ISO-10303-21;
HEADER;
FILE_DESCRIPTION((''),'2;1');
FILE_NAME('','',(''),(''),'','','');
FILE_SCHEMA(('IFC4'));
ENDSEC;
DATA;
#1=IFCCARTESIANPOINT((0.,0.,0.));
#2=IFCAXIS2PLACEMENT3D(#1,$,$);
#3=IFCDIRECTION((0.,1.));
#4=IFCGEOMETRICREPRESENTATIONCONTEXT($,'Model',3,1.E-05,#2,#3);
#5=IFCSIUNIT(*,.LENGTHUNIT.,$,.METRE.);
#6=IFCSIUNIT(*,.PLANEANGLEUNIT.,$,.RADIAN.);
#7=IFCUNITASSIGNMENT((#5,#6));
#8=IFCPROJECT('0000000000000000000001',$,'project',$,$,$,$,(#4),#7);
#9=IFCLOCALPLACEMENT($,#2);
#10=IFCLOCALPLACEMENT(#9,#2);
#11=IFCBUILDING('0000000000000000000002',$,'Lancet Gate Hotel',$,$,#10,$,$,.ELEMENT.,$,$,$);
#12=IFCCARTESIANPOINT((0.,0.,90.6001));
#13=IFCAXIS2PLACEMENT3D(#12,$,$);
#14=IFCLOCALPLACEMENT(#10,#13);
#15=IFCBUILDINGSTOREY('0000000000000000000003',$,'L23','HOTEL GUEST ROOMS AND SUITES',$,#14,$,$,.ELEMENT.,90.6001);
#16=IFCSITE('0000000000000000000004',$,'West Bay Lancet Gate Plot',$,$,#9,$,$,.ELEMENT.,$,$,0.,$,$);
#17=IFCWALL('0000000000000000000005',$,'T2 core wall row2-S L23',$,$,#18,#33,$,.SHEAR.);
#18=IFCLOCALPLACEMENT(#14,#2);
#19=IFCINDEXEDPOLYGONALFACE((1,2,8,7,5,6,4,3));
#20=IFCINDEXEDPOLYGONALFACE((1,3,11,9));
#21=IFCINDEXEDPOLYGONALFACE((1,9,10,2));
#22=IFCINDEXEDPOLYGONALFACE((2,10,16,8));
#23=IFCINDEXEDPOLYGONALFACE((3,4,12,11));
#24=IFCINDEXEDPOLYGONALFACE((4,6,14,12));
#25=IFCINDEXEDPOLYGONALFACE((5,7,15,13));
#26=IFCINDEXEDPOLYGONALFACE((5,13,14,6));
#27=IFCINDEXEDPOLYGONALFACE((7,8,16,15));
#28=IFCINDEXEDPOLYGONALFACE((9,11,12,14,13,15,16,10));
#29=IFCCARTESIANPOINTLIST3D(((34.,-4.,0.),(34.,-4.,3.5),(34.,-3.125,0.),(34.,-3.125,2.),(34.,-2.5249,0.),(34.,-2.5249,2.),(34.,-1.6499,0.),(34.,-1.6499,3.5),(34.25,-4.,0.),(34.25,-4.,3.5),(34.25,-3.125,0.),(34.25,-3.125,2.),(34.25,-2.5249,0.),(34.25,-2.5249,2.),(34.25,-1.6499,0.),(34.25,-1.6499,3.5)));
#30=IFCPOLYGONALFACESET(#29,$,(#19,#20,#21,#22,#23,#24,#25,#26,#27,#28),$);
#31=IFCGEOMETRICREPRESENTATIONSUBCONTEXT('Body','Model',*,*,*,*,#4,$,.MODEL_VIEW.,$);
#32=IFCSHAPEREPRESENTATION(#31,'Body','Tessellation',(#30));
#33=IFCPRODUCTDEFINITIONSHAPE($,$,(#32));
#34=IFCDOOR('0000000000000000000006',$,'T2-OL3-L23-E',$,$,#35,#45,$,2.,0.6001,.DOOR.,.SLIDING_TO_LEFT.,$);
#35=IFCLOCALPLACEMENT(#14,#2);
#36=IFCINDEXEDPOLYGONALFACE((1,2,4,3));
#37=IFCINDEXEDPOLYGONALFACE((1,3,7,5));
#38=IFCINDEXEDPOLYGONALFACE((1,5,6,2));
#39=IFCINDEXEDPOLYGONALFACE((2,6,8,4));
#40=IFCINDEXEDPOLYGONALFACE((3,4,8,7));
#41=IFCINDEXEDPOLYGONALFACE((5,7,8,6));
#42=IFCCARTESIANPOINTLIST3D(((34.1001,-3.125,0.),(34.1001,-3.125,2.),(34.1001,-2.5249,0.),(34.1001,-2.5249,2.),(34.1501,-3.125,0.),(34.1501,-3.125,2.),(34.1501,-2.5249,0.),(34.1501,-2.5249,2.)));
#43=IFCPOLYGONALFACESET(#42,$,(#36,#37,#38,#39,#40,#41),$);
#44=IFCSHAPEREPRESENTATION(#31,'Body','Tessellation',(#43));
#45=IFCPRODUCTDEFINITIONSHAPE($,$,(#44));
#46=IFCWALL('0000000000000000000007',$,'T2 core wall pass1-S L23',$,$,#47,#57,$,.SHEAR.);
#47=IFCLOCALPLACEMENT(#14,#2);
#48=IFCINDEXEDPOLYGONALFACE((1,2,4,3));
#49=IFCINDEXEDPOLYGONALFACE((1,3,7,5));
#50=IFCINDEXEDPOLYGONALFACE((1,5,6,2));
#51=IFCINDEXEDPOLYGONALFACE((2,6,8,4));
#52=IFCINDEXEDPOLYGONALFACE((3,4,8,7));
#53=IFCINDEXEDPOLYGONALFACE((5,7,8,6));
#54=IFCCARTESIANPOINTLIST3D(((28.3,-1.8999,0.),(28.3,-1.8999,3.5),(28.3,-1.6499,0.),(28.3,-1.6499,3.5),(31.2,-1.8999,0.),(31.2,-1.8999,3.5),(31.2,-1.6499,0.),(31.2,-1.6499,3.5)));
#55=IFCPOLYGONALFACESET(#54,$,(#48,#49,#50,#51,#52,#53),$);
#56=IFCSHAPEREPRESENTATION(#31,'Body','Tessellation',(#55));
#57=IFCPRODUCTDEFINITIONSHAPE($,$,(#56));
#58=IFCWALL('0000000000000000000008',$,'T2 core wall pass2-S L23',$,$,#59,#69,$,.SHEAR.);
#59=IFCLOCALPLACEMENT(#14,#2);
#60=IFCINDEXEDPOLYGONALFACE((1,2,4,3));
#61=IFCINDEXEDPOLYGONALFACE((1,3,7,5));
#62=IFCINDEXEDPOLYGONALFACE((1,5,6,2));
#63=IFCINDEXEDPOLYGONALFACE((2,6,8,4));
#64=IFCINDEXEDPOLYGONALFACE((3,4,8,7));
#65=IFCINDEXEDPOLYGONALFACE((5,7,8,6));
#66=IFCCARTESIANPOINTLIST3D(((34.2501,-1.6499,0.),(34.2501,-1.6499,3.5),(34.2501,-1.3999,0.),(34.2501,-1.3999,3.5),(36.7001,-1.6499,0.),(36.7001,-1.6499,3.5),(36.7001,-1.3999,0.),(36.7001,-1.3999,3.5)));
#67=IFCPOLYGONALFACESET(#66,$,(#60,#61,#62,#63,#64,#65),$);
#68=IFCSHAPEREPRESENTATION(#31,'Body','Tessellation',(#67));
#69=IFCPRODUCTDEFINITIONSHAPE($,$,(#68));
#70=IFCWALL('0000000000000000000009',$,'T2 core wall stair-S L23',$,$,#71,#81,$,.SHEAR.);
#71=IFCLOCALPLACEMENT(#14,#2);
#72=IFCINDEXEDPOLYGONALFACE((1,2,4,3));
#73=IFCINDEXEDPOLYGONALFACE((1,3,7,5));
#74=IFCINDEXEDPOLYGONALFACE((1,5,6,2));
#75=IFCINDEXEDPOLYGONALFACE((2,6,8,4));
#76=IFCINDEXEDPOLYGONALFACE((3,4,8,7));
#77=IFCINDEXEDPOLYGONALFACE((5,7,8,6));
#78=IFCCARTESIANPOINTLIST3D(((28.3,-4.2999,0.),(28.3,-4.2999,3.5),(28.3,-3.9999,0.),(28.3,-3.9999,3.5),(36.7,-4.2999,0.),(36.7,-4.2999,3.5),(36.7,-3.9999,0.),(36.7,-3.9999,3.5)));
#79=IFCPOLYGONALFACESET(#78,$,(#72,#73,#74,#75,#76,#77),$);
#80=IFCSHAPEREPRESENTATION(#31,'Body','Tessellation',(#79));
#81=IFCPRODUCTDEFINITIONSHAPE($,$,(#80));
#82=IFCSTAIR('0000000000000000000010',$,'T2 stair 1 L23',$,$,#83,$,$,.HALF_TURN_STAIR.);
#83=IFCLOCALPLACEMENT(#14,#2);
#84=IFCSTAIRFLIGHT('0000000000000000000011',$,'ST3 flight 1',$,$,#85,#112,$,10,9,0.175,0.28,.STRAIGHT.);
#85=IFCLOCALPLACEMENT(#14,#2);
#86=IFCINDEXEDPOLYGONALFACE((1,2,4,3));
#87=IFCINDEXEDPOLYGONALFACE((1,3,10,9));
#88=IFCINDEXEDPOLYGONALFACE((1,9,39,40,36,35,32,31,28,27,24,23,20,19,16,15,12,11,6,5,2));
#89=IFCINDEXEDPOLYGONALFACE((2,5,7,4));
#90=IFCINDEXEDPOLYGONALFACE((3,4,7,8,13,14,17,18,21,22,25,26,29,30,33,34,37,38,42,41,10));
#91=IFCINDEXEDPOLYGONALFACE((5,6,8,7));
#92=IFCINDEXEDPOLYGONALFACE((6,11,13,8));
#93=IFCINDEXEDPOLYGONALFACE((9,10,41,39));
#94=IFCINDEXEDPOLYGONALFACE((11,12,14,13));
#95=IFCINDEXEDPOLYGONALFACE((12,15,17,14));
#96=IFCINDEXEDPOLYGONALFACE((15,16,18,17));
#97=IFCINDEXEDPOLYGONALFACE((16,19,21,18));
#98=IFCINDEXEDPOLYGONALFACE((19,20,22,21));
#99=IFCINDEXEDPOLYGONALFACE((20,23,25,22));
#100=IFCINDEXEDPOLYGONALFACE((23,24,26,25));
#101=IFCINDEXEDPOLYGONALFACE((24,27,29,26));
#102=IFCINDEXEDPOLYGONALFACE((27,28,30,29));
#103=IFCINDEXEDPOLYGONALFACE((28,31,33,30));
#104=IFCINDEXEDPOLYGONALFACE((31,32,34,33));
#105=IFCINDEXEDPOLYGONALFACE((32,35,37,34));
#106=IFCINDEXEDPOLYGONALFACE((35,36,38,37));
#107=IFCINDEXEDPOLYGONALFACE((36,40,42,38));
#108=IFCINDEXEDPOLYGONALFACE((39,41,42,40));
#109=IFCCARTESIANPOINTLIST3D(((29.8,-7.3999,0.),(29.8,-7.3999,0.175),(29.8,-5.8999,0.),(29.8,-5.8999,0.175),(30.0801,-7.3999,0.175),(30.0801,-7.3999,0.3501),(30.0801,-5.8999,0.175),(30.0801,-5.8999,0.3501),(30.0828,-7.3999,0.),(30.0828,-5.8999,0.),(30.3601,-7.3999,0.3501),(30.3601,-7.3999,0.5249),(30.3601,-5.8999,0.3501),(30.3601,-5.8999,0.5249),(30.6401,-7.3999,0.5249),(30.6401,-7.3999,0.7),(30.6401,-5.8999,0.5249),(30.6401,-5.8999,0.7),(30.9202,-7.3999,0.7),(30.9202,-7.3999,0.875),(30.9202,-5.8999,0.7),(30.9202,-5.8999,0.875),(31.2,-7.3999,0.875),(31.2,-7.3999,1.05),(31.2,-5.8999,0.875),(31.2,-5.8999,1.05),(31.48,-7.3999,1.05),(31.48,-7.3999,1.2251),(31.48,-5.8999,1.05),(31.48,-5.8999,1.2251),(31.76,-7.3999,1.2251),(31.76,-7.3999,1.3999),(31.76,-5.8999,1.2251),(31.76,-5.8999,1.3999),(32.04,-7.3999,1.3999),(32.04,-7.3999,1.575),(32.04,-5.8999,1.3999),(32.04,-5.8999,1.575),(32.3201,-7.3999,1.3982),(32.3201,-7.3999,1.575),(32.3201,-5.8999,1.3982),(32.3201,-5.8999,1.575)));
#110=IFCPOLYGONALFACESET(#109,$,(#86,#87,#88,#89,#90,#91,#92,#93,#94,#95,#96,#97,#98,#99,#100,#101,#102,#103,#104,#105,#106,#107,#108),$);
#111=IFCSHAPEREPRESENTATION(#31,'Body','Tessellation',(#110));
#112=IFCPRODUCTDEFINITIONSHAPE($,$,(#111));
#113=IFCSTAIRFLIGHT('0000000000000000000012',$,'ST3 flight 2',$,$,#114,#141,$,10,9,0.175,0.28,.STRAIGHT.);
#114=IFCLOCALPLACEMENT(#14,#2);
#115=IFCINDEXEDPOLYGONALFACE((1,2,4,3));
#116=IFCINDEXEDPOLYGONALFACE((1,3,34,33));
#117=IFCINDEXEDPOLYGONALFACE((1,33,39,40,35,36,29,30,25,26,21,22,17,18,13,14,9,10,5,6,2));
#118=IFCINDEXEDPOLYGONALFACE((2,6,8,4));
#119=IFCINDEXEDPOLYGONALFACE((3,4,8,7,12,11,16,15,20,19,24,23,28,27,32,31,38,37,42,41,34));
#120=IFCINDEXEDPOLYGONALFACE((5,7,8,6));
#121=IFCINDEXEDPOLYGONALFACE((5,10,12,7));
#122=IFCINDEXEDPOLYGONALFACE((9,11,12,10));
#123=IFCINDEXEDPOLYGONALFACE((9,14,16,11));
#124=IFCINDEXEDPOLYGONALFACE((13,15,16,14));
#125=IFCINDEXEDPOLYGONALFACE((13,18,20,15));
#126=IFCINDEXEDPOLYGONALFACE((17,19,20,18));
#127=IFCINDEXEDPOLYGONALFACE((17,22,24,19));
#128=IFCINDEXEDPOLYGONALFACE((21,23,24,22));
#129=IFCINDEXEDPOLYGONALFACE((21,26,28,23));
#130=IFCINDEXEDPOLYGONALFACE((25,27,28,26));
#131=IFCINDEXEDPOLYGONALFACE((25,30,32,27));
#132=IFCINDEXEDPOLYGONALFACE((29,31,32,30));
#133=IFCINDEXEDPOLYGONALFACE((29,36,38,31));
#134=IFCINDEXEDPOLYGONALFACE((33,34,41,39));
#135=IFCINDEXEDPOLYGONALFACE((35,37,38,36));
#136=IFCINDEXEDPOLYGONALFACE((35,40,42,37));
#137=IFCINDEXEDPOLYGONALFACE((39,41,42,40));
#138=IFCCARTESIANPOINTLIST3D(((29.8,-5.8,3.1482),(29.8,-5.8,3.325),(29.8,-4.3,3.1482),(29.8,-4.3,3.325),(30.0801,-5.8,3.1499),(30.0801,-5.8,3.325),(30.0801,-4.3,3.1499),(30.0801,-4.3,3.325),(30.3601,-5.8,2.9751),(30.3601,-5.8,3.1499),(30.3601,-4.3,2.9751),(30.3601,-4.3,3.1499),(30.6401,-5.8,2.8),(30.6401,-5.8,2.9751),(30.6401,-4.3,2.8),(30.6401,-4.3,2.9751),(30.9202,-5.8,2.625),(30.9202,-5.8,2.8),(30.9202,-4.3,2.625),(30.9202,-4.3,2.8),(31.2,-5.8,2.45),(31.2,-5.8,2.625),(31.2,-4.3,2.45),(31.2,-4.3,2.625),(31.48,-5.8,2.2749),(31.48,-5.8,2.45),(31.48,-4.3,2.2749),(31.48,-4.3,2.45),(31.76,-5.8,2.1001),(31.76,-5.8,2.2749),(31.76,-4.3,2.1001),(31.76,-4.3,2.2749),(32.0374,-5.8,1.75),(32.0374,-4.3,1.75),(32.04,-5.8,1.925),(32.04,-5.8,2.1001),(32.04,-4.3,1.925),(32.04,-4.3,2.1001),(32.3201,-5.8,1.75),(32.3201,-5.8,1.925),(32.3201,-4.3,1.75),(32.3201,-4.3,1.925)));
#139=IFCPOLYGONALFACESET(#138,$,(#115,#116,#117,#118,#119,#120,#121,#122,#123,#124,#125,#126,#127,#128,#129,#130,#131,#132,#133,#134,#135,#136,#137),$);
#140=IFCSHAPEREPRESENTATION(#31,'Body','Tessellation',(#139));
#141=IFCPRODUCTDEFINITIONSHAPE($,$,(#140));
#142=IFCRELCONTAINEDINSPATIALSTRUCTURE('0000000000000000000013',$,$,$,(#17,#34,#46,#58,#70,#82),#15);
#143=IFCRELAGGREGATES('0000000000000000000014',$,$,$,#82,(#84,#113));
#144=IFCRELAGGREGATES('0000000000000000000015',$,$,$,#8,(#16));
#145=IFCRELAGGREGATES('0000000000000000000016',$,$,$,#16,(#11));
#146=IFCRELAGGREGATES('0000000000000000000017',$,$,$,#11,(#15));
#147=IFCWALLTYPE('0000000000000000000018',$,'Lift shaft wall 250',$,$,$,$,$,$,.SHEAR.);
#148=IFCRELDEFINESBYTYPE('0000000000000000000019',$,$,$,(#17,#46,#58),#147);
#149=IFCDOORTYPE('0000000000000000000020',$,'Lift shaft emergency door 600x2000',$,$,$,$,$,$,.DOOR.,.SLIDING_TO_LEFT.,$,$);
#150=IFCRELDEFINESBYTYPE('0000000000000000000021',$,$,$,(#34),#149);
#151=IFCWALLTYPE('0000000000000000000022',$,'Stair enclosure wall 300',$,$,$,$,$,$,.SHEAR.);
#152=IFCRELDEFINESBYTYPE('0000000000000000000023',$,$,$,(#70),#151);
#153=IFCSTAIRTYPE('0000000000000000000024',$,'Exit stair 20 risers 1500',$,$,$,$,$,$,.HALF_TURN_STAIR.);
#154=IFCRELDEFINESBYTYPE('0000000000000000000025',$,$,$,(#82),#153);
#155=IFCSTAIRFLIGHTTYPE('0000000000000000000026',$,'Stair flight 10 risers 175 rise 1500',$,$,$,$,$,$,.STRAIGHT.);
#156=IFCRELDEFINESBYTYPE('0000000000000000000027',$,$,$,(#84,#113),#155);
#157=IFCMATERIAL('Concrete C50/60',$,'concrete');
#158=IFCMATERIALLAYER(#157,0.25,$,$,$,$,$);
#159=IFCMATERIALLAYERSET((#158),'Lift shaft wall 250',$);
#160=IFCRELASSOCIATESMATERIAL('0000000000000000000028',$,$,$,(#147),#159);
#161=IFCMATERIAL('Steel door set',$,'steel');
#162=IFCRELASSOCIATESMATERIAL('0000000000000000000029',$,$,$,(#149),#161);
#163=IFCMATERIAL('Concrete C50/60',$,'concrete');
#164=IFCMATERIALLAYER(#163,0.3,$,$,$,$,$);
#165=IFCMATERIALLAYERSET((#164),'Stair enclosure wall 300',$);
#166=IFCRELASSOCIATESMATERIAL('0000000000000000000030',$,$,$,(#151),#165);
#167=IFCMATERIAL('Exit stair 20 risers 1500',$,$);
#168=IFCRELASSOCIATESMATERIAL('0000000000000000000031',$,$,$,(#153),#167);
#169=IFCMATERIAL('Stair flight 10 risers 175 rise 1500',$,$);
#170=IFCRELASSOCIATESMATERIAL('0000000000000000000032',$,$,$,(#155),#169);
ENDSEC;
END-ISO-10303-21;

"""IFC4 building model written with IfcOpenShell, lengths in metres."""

from ifc_helpers import new_model, si_unit, direction, frame, frame_2d, origin, place, context, subcontext, project, spatial, polyline, rectangle, outline, extrude, material, layer, layer_set, type_object, element, fill, aggregate, save


model = new_model("IFC4")

# Units and contexts
model_context = context("Model", 3, precision=1e-05, world=origin(), true_north=direction((0.0, 1.0)))
body_context = subcontext(model_context, "Body", "Model", "MODEL_VIEW")
ifc_project = project(units=[si_unit("LENGTHUNIT", "METRE"), si_unit("PLANEANGLEUNIT", "RADIAN")], contexts=[model_context])

# Site, building, storey
site_placement = place(None, origin())
site = spatial("IfcSite", under=ifc_project, at=site_placement, Name="West Bay Lancet Gate Plot", CompositionType="ELEMENT", RefElevation=0.0)
building_placement = place(site_placement, origin())
building = spatial("IfcBuilding", under=site, at=building_placement, Name="Lancet Gate Hotel", CompositionType="ELEMENT")
storey_placement = place(building_placement, frame((0.0, 0.0, 90.6001)))
storey = spatial("IfcBuildingStorey", under=building, at=storey_placement, Name="L23", Description="HOTEL GUEST ROOMS AND SUITES", CompositionType="ELEMENT", Elevation=90.6001)

# Wall, opening, door
ifc_material_1 = material(Name="Concrete C50/60", Category="concrete")
ifc_layer_1 = layer(ifc_material_1, 0.25)
ifc_layer_set_1 = layer_set([ifc_layer_1], Name="Lift shaft wall 250")
wall_type_1 = type_object("IfcWallType", Name="Lift shaft wall 250", PredefinedType="SHEAR", material=ifc_layer_set_1)
wall_1_placement = place(storey_placement, frame((34.125, -4.0, 0.0), z_axis=(0.0, 0.0, 1.0), x_axis=(0.0, 1.0, 0.0)))
wall_1 = element("IfcWall", 1, at=wall_1_placement, inside=storey, type_object=wall_type_1, Name="T2 core wall row2-S L23", PredefinedType="SHEAR", context=body_context, shape_type="SweptSolid", body=[
    extrude(rectangle(XDim=2.3501, YDim=0.25, at=frame_2d((1.175, 0.0))), origin(), (0.0, 0.0, 1.0), 3.5),
])
opening_1_placement = place(wall_1_placement, frame((0.875, 0.0, 0.0)))
opening_1 = element("IfcOpeningElement", 2, at=opening_1_placement, cuts=wall_1, PredefinedType="OPENING", context=body_context, shape_type="SweptSolid", body=[
    extrude(rectangle(XDim=0.6001, YDim=2.0, at=frame_2d((0.3, 1.0))), frame((0.0, 0.135, 0.0), z_axis=(0.0, -1.0, 0.0), x_axis=(1.0, 0.0, 0.0)), (0.0, 0.0, 1.0), 0.27),
])
ifc_material_2 = material(Name="Steel door set", Category="steel")
door_type_1 = type_object("IfcDoorType", Name="Lift shaft emergency door 600x2000", OperationType="SLIDING_TO_LEFT", PredefinedType="DOOR", material=ifc_material_2)
door_1_placement = place(opening_1_placement, origin())
door_1 = element("IfcDoor", 3, at=door_1_placement, inside=storey, type_object=door_type_1, Name="T2-OL3-L23-E", OperationType="SLIDING_TO_LEFT", OverallHeight=2.0, OverallWidth=0.6001, PredefinedType="DOOR", context=body_context, shape_type="SweptSolid", body=[
    extrude(rectangle(XDim=0.6001, YDim=2.0, at=frame_2d((0.3, 1.0))), frame((0.0, 0.0249, 0.0), z_axis=(0.0, -1.0, 0.0), x_axis=(1.0, 0.0, 0.0)), (0.0, 0.0, 1.0), 0.05),
])
fill(opening_1, door_1)

# Walls
wall_2_placement = place(storey_placement, frame((28.3, -1.7749, 0.0), z_axis=(0.0, 0.0, 1.0), x_axis=(1.0, 0.0, 0.0)))
element("IfcWall", 4, at=wall_2_placement, inside=storey, type_object=wall_type_1, Name="T2 core wall pass1-S L23", PredefinedType="SHEAR", context=body_context, shape_type="SweptSolid", body=[
    extrude(rectangle(XDim=2.8999, YDim=0.25, at=frame_2d((1.45, 0.0))), origin(), (0.0, 0.0, 1.0), 3.5),
])
wall_3_placement = place(storey_placement, frame((34.25, -1.5249, 0.0), z_axis=(0.0, 0.0, 1.0), x_axis=(1.0, 0.0, 0.0)))
element("IfcWall", 5, at=wall_3_placement, inside=storey, type_object=wall_type_1, Name="T2 core wall pass2-S L23", PredefinedType="SHEAR", context=body_context, shape_type="SweptSolid", body=[
    extrude(rectangle(XDim=2.45, YDim=0.25, at=frame_2d((1.2251, 0.0))), origin(), (0.0, 0.0, 1.0), 3.5),
])
ifc_material_3 = material(Name="Concrete C50/60", Category="concrete")
ifc_layer_2 = layer(ifc_material_3, 0.3)
ifc_layer_set_2 = layer_set([ifc_layer_2], Name="Stair enclosure wall 300")
wall_type_2 = type_object("IfcWallType", Name="Stair enclosure wall 300", PredefinedType="SHEAR", material=ifc_layer_set_2)
wall_4_placement = place(storey_placement, frame((28.3, -4.1499, 0.0), z_axis=(0.0, 0.0, 1.0), x_axis=(1.0, 0.0, 0.0)))
element("IfcWall", 6, at=wall_4_placement, inside=storey, type_object=wall_type_2, Name="T2 core wall stair-S L23", PredefinedType="SHEAR", context=body_context, shape_type="SweptSolid", body=[
    extrude(rectangle(XDim=8.3999, YDim=0.3, at=frame_2d((4.2, 0.0))), origin(), (0.0, 0.0, 1.0), 3.5),
])

# Stair, stair flights
ifc_material_4 = material(Name="Exit stair 20 risers 1500")
stair_type = type_object("IfcStairType", Name="Exit stair 20 risers 1500", PredefinedType="HALF_TURN_STAIR", material=ifc_material_4)
stair_placement = place(storey_placement, origin())
stair = element("IfcStair", 7, at=stair_placement, inside=storey, type_object=stair_type, Name="T2 stair 1 L23", PredefinedType="HALF_TURN_STAIR")
ifc_material_5 = material(Name="Stair flight 10 risers 175 rise 1500")
stair_flight_type = type_object("IfcStairFlightType", Name="Stair flight 10 risers 175 rise 1500", PredefinedType="STRAIGHT", material=ifc_material_5)
stair_flight_1_placement = place(storey_placement, frame((29.8, -6.6499, 0.0), z_axis=(0.0, 0.0, 1.0), x_axis=(1.0, 0.0, 0.0)))
stair_flight_1 = element("IfcStairFlight", 8, at=stair_flight_1_placement, type_object=stair_flight_type, Name="ST3 flight 1", NumberOfRisers=10, NumberOfTreads=9, PredefinedType="STRAIGHT", RiserHeight=0.175, TreadLength=0.28, context=body_context, shape_type="SweptSolid", body=[
    extrude(outline(polyline([(0.0, 0.0), (0.0, 0.175), (0.28, 0.175), (0.28, 0.3501), (0.5601, 0.3501), (0.5601, 0.5249), (0.8401, 0.5249), (0.8401, 0.7), (1.1201, 0.7), (1.1201, 0.875), (1.3999, 0.875), (1.3999, 1.05), (1.6799, 1.05), (1.6799, 1.2251), (1.96, 1.2251), (1.96, 1.3999), (2.24, 1.3999), (2.24, 1.575), (2.52, 1.575), (2.52, 1.75), (2.52, 1.3982), (0.2827, 0.0), (0.0, 0.0)])), frame((0.0, 0.75, 0.0), z_axis=(0.0, -1.0, 0.0), x_axis=(1.0, 0.0, 0.0)), (0.0, 0.0, 1.0), 1.5),
])
stair_flight_2_placement = place(storey_placement, frame((32.3201, -5.05, 1.75), z_axis=(0.0, 0.0, 1.0), x_axis=(-1.0, 0.0, 0.0)))
stair_flight_2 = element("IfcStairFlight", 9, at=stair_flight_2_placement, type_object=stair_flight_type, Name="ST3 flight 2", NumberOfRisers=10, NumberOfTreads=9, PredefinedType="STRAIGHT", RiserHeight=0.175, TreadLength=0.28, context=body_context, shape_type="SweptSolid", body=[
    extrude(outline(polyline([(0.0, 0.0), (0.0, 0.175), (0.28, 0.175), (0.28, 0.3501), (0.5601, 0.3501), (0.5601, 0.5249), (0.8401, 0.5249), (0.8401, 0.7), (1.1201, 0.7), (1.1201, 0.875), (1.3999, 0.875), (1.3999, 1.05), (1.6799, 1.05), (1.6799, 1.2251), (1.96, 1.2251), (1.96, 1.3999), (2.24, 1.3999), (2.24, 1.575), (2.52, 1.575), (2.52, 1.75), (2.52, 1.3982), (0.2827, 0.0), (0.0, 0.0)])), frame((0.0, 0.75, 0.0), z_axis=(0.0, -1.0, 0.0), x_axis=(1.0, 0.0, 0.0)), (0.0, 0.0, 1.0), 1.5),
])
aggregate(stair, [stair_flight_1, stair_flight_2])

save(model, "model.ifc")
